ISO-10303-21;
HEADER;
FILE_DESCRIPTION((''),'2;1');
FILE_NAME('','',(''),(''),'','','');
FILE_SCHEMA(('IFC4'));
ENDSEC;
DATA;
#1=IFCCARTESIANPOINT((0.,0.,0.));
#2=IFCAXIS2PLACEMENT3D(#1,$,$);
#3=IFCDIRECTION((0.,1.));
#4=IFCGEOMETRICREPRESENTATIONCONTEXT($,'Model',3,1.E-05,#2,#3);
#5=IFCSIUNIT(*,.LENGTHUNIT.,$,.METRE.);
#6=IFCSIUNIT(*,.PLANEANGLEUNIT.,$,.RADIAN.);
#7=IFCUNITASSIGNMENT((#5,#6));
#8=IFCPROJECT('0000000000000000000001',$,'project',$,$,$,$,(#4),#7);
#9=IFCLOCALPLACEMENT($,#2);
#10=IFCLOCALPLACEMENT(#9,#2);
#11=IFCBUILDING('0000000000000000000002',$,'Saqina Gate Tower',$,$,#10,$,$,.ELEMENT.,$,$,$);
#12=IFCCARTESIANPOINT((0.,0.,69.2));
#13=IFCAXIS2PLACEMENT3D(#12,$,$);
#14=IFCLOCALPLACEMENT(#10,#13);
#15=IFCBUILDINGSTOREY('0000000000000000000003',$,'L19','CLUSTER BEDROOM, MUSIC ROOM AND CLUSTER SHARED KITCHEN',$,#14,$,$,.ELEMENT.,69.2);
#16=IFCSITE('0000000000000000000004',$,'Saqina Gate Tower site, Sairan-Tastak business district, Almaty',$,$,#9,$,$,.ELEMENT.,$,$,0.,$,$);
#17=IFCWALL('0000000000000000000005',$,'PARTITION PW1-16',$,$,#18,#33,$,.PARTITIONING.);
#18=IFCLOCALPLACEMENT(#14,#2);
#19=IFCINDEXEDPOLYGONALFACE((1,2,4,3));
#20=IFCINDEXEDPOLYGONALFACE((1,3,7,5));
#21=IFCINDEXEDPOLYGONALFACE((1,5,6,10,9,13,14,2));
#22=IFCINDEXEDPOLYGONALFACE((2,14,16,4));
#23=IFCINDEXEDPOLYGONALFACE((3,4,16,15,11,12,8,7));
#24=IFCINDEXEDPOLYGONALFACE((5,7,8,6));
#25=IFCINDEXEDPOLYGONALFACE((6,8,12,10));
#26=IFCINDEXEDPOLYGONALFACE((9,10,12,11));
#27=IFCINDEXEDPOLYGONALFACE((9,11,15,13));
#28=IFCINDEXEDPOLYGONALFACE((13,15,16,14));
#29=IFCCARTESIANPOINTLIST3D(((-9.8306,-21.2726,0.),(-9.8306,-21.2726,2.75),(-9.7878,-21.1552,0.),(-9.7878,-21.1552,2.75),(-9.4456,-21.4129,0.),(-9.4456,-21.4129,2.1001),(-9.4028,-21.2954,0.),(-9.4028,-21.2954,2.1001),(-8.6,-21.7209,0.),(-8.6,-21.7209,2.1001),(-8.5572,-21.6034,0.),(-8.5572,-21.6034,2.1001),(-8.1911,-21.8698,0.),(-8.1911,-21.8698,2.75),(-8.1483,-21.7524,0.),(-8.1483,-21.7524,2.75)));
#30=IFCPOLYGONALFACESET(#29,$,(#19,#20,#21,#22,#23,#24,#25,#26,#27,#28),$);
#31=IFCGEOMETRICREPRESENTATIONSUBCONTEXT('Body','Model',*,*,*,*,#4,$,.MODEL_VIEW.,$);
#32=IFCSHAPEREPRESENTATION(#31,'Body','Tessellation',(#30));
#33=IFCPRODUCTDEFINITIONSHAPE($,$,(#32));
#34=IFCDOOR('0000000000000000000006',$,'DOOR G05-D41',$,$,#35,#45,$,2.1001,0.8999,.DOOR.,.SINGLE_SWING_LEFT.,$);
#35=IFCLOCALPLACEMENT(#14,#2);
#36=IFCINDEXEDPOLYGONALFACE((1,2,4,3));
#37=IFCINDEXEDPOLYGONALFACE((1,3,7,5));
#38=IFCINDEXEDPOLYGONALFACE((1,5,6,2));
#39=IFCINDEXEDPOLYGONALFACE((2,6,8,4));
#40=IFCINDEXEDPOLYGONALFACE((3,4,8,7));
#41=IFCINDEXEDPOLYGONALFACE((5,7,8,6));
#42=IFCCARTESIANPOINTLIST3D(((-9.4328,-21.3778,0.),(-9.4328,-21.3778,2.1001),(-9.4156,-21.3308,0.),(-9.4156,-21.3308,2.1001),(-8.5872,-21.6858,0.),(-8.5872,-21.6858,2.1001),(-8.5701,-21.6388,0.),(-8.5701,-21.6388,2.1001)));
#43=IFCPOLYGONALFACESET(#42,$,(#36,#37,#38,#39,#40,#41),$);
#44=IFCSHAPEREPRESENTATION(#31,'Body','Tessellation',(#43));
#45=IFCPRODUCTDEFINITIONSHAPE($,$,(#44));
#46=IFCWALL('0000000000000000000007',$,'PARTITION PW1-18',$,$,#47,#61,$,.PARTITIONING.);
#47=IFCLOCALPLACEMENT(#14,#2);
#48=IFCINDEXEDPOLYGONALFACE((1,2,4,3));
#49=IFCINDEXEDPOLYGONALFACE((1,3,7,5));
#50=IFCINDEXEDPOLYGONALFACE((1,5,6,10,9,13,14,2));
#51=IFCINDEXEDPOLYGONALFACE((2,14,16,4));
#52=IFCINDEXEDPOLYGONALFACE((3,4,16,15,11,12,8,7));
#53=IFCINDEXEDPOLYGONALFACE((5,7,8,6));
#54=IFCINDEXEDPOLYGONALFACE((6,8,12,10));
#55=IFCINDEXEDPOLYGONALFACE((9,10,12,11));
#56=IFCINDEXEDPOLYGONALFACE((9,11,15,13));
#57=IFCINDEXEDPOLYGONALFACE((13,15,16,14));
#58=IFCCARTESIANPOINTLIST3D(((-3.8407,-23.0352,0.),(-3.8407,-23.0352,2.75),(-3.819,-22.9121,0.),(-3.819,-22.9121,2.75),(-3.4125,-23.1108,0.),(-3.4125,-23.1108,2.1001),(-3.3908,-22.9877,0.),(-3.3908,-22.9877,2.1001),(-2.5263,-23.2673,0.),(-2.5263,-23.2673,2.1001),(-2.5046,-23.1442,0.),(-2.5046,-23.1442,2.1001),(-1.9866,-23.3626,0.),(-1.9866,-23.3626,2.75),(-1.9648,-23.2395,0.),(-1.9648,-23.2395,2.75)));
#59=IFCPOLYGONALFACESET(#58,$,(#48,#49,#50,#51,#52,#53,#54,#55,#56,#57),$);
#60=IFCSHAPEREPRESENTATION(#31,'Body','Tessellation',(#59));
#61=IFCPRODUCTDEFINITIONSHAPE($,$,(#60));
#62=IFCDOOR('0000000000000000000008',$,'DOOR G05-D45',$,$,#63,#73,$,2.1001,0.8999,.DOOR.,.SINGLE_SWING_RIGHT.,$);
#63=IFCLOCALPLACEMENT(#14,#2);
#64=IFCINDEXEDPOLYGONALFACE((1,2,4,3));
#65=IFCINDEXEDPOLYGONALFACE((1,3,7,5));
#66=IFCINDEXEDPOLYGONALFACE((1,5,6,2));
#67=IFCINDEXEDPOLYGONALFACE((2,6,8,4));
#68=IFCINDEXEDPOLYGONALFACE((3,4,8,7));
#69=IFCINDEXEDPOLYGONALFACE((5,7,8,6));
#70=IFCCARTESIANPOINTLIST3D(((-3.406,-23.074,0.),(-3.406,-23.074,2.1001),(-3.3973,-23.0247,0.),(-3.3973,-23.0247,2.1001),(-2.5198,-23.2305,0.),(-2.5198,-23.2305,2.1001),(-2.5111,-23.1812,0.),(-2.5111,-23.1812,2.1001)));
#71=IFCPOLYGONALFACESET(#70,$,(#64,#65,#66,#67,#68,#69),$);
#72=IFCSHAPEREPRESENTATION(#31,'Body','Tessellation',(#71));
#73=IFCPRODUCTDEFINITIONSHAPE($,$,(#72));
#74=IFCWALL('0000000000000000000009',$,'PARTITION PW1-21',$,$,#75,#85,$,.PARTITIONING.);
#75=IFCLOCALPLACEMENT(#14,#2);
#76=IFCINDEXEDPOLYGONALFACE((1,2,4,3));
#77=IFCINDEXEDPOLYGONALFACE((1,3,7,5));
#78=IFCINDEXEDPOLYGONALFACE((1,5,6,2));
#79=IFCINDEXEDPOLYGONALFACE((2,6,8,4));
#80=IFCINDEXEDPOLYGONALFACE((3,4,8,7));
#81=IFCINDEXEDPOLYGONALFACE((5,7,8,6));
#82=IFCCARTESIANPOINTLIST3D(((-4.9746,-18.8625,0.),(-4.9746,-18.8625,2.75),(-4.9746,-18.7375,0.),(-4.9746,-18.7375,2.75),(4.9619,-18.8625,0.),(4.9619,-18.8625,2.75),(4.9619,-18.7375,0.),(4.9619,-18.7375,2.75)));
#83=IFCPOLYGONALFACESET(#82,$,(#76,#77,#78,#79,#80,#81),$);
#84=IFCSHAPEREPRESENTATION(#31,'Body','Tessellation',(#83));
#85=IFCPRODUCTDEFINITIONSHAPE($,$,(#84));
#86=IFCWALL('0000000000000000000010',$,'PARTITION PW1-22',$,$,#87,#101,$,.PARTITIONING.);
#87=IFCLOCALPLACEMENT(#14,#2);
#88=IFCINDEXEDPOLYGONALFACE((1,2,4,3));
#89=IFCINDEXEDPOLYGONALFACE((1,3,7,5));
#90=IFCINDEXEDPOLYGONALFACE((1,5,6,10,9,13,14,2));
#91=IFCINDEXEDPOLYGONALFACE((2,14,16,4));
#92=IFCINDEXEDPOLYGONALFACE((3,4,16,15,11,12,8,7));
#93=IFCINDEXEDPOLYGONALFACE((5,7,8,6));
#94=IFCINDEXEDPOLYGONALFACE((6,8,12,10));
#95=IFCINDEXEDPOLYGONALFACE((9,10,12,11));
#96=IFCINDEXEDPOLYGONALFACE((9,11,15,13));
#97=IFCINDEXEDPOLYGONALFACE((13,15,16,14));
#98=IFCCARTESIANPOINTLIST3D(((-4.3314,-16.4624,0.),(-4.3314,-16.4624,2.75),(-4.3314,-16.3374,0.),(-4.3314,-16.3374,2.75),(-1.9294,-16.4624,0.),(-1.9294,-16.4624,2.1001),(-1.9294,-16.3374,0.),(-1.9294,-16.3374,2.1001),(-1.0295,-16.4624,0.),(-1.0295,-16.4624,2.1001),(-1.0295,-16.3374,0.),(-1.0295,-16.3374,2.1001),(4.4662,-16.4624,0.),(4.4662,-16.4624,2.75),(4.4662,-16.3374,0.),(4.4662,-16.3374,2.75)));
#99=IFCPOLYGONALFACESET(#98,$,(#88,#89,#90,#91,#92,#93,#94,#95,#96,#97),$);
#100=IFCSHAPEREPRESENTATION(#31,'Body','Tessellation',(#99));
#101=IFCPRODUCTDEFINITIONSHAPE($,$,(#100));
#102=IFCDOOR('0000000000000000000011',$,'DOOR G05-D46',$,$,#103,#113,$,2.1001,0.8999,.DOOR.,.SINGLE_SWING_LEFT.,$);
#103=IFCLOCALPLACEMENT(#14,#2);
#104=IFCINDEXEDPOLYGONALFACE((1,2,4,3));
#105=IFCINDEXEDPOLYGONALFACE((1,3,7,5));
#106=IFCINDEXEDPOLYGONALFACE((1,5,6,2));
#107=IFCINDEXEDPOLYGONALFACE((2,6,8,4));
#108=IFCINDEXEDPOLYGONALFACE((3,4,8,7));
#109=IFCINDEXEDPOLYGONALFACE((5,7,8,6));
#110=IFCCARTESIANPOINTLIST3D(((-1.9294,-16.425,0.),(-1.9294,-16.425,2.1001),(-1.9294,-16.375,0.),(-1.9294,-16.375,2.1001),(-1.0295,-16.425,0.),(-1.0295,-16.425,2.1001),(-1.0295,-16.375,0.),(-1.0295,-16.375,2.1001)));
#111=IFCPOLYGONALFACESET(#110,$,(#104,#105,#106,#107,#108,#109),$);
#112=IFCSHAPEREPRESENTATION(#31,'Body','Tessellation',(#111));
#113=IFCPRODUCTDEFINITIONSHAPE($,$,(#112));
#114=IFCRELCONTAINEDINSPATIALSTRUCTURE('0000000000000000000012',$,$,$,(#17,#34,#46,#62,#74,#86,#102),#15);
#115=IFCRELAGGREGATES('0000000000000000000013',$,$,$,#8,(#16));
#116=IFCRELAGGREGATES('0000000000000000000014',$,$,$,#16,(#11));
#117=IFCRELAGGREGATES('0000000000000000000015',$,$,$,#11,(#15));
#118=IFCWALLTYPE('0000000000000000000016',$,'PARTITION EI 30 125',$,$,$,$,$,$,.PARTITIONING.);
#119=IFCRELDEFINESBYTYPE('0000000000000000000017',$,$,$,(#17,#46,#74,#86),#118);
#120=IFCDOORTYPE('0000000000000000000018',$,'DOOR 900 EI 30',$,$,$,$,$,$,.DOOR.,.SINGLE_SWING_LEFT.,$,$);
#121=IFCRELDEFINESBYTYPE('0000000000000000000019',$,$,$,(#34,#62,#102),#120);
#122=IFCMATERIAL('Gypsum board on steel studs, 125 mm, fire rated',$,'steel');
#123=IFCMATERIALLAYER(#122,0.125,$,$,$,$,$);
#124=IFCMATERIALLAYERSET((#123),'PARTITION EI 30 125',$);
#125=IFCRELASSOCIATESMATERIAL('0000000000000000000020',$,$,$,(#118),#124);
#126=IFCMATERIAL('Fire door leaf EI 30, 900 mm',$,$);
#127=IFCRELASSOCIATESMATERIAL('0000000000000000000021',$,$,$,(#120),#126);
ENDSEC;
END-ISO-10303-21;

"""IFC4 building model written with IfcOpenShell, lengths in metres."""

from ifc_helpers import new_model, si_unit, direction, frame, frame_2d, origin, place, context, subcontext, project, spatial, rectangle, extrude, material, layer, layer_set, type_object, element, fill, save


model = new_model("IFC4")

# Units and contexts
model_context = context("Model", 3, precision=1e-05, world=origin(), true_north=direction((0.0, 1.0)))
body_context = subcontext(model_context, "Body", "Model", "MODEL_VIEW")
ifc_project = project(units=[si_unit("LENGTHUNIT", "METRE"), si_unit("PLANEANGLEUNIT", "RADIAN")], contexts=[model_context])

# Site, building, storey
site_placement = place(None, origin())
site = spatial("IfcSite", under=ifc_project, at=site_placement, Name="Saqina Gate Tower site, Sairan-Tastak business district, Almaty", CompositionType="ELEMENT", RefElevation=0.0)
building_placement = place(site_placement, origin())
building = spatial("IfcBuilding", under=site, at=building_placement, Name="Saqina Gate Tower", CompositionType="ELEMENT")
storey_placement = place(building_placement, frame((0.0, 0.0, 69.2)))
storey = spatial("IfcBuildingStorey", under=building, at=storey_placement, Name="L19", Description="CLUSTER BEDROOM, MUSIC ROOM AND CLUSTER SHARED KITCHEN", CompositionType="ELEMENT", Elevation=69.2)

# Walls, openings, doors
ifc_material_1 = material(Name="Gypsum board on steel studs, 125 mm, fire rated", Category="steel")
ifc_layer_1 = layer(ifc_material_1, 0.125)
ifc_layer_set_1 = layer_set([ifc_layer_1], Name="PARTITION EI 30 125")
wall_type_1 = type_object("IfcWallType", Name="PARTITION EI 30 125", PredefinedType="PARTITIONING", material=ifc_layer_set_1)
wall_1_placement = place(storey_placement, frame((-9.8093, -21.2139, 0.0), z_axis=(0.0, 0.0, 1.0), x_axis=(0.939605, -0.34226, 0.0)))
wall_1 = element("IfcWall", 1, at=wall_1_placement, inside=storey, type_object=wall_type_1, Name="PARTITION PW1-16", PredefinedType="PARTITIONING", context=body_context, shape_type="SweptSolid", body=[
    extrude(rectangle(XDim=1.7449, YDim=0.125, at=frame_2d((0.8726, 0.0))), origin(), (0.0, 0.0, 1.0), 2.75),
])
opening_1_placement = place(wall_1_placement, frame((0.4099, 0.0, 0.0)))
opening_1 = element("IfcOpeningElement", 2, at=opening_1_placement, cuts=wall_1, PredefinedType="OPENING", context=body_context, shape_type="SweptSolid", body=[
    extrude(rectangle(XDim=0.8999, YDim=2.1001, at=frame_2d((0.45, 1.05))), frame((0.0, 0.0745, 0.0), z_axis=(0.0, -1.0, 0.0), x_axis=(1.0, 0.0, 0.0)), (0.0, 0.0, 1.0), 0.1489),
])
ifc_material_2 = material(Name="Fire door leaf EI 30, 900 mm")
door_type_1 = type_object("IfcDoorType", Name="DOOR 900 EI 30", OperationType="SINGLE_SWING_LEFT", PredefinedType="DOOR", material=ifc_material_2)
door_1_placement = place(opening_1_placement, origin())
door_1 = element("IfcDoor", 3, at=door_1_placement, inside=storey, type_object=door_type_1, Name="DOOR G05-D41", OperationType="SINGLE_SWING_LEFT", OverallHeight=2.1001, OverallWidth=0.8999, PredefinedType="DOOR", context=body_context, shape_type="SweptSolid", body=[
    extrude(rectangle(XDim=0.8999, YDim=2.1001, at=frame_2d((0.45, 1.05))), frame((0.0, 0.0249, 0.0), z_axis=(0.0, -1.0, 0.0), x_axis=(1.0, 0.0, 0.0)), (0.0, 0.0, 1.0), 0.05),
])
fill(opening_1, door_1)
wall_2_placement = place(storey_placement, frame((-3.8298, -22.9736, 0.0), z_axis=(0.0, 0.0, 1.0), x_axis=(0.984768, -0.173874, 0.0)))
wall_2 = element("IfcWall", 4, at=wall_2_placement, inside=storey, type_object=wall_type_1, Name="PARTITION PW1-18", PredefinedType="PARTITIONING", context=body_context, shape_type="SweptSolid", body=[
    extrude(rectangle(XDim=1.8828, YDim=0.125, at=frame_2d((0.9414, 0.0))), origin(), (0.0, 0.0, 1.0), 2.75),
])
opening_2_placement = place(wall_2_placement, frame((0.4348, 0.0, 0.0)))
opening_2 = element("IfcOpeningElement", 5, at=opening_2_placement, cuts=wall_2, PredefinedType="OPENING", context=body_context, shape_type="SweptSolid", body=[
    extrude(rectangle(XDim=0.8999, YDim=2.1001, at=frame_2d((0.45, 1.05))), frame((0.0, 0.0745, 0.0), z_axis=(0.0, -1.0, 0.0), x_axis=(1.0, 0.0, 0.0)), (0.0, 0.0, 1.0), 0.1489),
])
door_2_placement = place(opening_2_placement, origin())
door_2 = element("IfcDoor", 6, at=door_2_placement, inside=storey, type_object=door_type_1, Name="DOOR G05-D45", OperationType="SINGLE_SWING_RIGHT", OverallHeight=2.1001, OverallWidth=0.8999, PredefinedType="DOOR", context=body_context, shape_type="SweptSolid", body=[
    extrude(rectangle(XDim=0.8999, YDim=2.1001, at=frame_2d((0.45, 1.05))), frame((0.0, 0.0249, 0.0), z_axis=(0.0, -1.0, 0.0), x_axis=(1.0, 0.0, 0.0)), (0.0, 0.0, 1.0), 0.05),
])
fill(opening_2, door_2)

# Wall
wall_3_placement = place(storey_placement, frame((-4.9746, -18.8, 0.0), z_axis=(0.0, 0.0, 1.0), x_axis=(1.0, 0.0, 0.0)))
element("IfcWall", 7, at=wall_3_placement, inside=storey, type_object=wall_type_1, Name="PARTITION PW1-21", PredefinedType="PARTITIONING", context=body_context, shape_type="SweptSolid", body=[
    extrude(rectangle(XDim=9.9365, YDim=0.125, at=frame_2d((4.9683, 0.0))), origin(), (0.0, 0.0, 1.0), 2.75),
])

# Wall, opening, door
wall_4_placement = place(storey_placement, frame((-4.3315, -16.3999, 0.0), z_axis=(0.0, 0.0, 1.0), x_axis=(1.0, 0.0, 0.0)))
wall_4 = element("IfcWall", 8, at=wall_4_placement, inside=storey, type_object=wall_type_1, Name="PARTITION PW1-22", PredefinedType="PARTITIONING", context=body_context, shape_type="SweptSolid", body=[
    extrude(rectangle(XDim=8.7976, YDim=0.125, at=frame_2d((4.3989, 0.0))), origin(), (0.0, 0.0, 1.0), 2.75),
])
opening_3_placement = place(wall_4_placement, frame((2.4021, 0.0, 0.0)))
opening_3 = element("IfcOpeningElement", 9, at=opening_3_placement, cuts=wall_4, PredefinedType="OPENING", context=body_context, shape_type="SweptSolid", body=[
    extrude(rectangle(XDim=0.8999, YDim=2.1001, at=frame_2d((0.45, 1.05))), frame((0.0, 0.0745, 0.0), z_axis=(0.0, -1.0, 0.0), x_axis=(1.0, 0.0, 0.0)), (0.0, 0.0, 1.0), 0.1489),
])
door_3_placement = place(opening_3_placement, origin())
door_3 = element("IfcDoor", 10, at=door_3_placement, inside=storey, type_object=door_type_1, Name="DOOR G05-D46", OperationType="SINGLE_SWING_LEFT", OverallHeight=2.1001, OverallWidth=0.8999, PredefinedType="DOOR", context=body_context, shape_type="SweptSolid", body=[
    extrude(rectangle(XDim=0.8999, YDim=2.1001, at=frame_2d((0.45, 1.05))), frame((0.0, 0.0249, 0.0), z_axis=(0.0, -1.0, 0.0), x_axis=(1.0, 0.0, 0.0)), (0.0, 0.0, 1.0), 0.05),
])
fill(opening_3, door_3)

save(model, "model.ifc")
